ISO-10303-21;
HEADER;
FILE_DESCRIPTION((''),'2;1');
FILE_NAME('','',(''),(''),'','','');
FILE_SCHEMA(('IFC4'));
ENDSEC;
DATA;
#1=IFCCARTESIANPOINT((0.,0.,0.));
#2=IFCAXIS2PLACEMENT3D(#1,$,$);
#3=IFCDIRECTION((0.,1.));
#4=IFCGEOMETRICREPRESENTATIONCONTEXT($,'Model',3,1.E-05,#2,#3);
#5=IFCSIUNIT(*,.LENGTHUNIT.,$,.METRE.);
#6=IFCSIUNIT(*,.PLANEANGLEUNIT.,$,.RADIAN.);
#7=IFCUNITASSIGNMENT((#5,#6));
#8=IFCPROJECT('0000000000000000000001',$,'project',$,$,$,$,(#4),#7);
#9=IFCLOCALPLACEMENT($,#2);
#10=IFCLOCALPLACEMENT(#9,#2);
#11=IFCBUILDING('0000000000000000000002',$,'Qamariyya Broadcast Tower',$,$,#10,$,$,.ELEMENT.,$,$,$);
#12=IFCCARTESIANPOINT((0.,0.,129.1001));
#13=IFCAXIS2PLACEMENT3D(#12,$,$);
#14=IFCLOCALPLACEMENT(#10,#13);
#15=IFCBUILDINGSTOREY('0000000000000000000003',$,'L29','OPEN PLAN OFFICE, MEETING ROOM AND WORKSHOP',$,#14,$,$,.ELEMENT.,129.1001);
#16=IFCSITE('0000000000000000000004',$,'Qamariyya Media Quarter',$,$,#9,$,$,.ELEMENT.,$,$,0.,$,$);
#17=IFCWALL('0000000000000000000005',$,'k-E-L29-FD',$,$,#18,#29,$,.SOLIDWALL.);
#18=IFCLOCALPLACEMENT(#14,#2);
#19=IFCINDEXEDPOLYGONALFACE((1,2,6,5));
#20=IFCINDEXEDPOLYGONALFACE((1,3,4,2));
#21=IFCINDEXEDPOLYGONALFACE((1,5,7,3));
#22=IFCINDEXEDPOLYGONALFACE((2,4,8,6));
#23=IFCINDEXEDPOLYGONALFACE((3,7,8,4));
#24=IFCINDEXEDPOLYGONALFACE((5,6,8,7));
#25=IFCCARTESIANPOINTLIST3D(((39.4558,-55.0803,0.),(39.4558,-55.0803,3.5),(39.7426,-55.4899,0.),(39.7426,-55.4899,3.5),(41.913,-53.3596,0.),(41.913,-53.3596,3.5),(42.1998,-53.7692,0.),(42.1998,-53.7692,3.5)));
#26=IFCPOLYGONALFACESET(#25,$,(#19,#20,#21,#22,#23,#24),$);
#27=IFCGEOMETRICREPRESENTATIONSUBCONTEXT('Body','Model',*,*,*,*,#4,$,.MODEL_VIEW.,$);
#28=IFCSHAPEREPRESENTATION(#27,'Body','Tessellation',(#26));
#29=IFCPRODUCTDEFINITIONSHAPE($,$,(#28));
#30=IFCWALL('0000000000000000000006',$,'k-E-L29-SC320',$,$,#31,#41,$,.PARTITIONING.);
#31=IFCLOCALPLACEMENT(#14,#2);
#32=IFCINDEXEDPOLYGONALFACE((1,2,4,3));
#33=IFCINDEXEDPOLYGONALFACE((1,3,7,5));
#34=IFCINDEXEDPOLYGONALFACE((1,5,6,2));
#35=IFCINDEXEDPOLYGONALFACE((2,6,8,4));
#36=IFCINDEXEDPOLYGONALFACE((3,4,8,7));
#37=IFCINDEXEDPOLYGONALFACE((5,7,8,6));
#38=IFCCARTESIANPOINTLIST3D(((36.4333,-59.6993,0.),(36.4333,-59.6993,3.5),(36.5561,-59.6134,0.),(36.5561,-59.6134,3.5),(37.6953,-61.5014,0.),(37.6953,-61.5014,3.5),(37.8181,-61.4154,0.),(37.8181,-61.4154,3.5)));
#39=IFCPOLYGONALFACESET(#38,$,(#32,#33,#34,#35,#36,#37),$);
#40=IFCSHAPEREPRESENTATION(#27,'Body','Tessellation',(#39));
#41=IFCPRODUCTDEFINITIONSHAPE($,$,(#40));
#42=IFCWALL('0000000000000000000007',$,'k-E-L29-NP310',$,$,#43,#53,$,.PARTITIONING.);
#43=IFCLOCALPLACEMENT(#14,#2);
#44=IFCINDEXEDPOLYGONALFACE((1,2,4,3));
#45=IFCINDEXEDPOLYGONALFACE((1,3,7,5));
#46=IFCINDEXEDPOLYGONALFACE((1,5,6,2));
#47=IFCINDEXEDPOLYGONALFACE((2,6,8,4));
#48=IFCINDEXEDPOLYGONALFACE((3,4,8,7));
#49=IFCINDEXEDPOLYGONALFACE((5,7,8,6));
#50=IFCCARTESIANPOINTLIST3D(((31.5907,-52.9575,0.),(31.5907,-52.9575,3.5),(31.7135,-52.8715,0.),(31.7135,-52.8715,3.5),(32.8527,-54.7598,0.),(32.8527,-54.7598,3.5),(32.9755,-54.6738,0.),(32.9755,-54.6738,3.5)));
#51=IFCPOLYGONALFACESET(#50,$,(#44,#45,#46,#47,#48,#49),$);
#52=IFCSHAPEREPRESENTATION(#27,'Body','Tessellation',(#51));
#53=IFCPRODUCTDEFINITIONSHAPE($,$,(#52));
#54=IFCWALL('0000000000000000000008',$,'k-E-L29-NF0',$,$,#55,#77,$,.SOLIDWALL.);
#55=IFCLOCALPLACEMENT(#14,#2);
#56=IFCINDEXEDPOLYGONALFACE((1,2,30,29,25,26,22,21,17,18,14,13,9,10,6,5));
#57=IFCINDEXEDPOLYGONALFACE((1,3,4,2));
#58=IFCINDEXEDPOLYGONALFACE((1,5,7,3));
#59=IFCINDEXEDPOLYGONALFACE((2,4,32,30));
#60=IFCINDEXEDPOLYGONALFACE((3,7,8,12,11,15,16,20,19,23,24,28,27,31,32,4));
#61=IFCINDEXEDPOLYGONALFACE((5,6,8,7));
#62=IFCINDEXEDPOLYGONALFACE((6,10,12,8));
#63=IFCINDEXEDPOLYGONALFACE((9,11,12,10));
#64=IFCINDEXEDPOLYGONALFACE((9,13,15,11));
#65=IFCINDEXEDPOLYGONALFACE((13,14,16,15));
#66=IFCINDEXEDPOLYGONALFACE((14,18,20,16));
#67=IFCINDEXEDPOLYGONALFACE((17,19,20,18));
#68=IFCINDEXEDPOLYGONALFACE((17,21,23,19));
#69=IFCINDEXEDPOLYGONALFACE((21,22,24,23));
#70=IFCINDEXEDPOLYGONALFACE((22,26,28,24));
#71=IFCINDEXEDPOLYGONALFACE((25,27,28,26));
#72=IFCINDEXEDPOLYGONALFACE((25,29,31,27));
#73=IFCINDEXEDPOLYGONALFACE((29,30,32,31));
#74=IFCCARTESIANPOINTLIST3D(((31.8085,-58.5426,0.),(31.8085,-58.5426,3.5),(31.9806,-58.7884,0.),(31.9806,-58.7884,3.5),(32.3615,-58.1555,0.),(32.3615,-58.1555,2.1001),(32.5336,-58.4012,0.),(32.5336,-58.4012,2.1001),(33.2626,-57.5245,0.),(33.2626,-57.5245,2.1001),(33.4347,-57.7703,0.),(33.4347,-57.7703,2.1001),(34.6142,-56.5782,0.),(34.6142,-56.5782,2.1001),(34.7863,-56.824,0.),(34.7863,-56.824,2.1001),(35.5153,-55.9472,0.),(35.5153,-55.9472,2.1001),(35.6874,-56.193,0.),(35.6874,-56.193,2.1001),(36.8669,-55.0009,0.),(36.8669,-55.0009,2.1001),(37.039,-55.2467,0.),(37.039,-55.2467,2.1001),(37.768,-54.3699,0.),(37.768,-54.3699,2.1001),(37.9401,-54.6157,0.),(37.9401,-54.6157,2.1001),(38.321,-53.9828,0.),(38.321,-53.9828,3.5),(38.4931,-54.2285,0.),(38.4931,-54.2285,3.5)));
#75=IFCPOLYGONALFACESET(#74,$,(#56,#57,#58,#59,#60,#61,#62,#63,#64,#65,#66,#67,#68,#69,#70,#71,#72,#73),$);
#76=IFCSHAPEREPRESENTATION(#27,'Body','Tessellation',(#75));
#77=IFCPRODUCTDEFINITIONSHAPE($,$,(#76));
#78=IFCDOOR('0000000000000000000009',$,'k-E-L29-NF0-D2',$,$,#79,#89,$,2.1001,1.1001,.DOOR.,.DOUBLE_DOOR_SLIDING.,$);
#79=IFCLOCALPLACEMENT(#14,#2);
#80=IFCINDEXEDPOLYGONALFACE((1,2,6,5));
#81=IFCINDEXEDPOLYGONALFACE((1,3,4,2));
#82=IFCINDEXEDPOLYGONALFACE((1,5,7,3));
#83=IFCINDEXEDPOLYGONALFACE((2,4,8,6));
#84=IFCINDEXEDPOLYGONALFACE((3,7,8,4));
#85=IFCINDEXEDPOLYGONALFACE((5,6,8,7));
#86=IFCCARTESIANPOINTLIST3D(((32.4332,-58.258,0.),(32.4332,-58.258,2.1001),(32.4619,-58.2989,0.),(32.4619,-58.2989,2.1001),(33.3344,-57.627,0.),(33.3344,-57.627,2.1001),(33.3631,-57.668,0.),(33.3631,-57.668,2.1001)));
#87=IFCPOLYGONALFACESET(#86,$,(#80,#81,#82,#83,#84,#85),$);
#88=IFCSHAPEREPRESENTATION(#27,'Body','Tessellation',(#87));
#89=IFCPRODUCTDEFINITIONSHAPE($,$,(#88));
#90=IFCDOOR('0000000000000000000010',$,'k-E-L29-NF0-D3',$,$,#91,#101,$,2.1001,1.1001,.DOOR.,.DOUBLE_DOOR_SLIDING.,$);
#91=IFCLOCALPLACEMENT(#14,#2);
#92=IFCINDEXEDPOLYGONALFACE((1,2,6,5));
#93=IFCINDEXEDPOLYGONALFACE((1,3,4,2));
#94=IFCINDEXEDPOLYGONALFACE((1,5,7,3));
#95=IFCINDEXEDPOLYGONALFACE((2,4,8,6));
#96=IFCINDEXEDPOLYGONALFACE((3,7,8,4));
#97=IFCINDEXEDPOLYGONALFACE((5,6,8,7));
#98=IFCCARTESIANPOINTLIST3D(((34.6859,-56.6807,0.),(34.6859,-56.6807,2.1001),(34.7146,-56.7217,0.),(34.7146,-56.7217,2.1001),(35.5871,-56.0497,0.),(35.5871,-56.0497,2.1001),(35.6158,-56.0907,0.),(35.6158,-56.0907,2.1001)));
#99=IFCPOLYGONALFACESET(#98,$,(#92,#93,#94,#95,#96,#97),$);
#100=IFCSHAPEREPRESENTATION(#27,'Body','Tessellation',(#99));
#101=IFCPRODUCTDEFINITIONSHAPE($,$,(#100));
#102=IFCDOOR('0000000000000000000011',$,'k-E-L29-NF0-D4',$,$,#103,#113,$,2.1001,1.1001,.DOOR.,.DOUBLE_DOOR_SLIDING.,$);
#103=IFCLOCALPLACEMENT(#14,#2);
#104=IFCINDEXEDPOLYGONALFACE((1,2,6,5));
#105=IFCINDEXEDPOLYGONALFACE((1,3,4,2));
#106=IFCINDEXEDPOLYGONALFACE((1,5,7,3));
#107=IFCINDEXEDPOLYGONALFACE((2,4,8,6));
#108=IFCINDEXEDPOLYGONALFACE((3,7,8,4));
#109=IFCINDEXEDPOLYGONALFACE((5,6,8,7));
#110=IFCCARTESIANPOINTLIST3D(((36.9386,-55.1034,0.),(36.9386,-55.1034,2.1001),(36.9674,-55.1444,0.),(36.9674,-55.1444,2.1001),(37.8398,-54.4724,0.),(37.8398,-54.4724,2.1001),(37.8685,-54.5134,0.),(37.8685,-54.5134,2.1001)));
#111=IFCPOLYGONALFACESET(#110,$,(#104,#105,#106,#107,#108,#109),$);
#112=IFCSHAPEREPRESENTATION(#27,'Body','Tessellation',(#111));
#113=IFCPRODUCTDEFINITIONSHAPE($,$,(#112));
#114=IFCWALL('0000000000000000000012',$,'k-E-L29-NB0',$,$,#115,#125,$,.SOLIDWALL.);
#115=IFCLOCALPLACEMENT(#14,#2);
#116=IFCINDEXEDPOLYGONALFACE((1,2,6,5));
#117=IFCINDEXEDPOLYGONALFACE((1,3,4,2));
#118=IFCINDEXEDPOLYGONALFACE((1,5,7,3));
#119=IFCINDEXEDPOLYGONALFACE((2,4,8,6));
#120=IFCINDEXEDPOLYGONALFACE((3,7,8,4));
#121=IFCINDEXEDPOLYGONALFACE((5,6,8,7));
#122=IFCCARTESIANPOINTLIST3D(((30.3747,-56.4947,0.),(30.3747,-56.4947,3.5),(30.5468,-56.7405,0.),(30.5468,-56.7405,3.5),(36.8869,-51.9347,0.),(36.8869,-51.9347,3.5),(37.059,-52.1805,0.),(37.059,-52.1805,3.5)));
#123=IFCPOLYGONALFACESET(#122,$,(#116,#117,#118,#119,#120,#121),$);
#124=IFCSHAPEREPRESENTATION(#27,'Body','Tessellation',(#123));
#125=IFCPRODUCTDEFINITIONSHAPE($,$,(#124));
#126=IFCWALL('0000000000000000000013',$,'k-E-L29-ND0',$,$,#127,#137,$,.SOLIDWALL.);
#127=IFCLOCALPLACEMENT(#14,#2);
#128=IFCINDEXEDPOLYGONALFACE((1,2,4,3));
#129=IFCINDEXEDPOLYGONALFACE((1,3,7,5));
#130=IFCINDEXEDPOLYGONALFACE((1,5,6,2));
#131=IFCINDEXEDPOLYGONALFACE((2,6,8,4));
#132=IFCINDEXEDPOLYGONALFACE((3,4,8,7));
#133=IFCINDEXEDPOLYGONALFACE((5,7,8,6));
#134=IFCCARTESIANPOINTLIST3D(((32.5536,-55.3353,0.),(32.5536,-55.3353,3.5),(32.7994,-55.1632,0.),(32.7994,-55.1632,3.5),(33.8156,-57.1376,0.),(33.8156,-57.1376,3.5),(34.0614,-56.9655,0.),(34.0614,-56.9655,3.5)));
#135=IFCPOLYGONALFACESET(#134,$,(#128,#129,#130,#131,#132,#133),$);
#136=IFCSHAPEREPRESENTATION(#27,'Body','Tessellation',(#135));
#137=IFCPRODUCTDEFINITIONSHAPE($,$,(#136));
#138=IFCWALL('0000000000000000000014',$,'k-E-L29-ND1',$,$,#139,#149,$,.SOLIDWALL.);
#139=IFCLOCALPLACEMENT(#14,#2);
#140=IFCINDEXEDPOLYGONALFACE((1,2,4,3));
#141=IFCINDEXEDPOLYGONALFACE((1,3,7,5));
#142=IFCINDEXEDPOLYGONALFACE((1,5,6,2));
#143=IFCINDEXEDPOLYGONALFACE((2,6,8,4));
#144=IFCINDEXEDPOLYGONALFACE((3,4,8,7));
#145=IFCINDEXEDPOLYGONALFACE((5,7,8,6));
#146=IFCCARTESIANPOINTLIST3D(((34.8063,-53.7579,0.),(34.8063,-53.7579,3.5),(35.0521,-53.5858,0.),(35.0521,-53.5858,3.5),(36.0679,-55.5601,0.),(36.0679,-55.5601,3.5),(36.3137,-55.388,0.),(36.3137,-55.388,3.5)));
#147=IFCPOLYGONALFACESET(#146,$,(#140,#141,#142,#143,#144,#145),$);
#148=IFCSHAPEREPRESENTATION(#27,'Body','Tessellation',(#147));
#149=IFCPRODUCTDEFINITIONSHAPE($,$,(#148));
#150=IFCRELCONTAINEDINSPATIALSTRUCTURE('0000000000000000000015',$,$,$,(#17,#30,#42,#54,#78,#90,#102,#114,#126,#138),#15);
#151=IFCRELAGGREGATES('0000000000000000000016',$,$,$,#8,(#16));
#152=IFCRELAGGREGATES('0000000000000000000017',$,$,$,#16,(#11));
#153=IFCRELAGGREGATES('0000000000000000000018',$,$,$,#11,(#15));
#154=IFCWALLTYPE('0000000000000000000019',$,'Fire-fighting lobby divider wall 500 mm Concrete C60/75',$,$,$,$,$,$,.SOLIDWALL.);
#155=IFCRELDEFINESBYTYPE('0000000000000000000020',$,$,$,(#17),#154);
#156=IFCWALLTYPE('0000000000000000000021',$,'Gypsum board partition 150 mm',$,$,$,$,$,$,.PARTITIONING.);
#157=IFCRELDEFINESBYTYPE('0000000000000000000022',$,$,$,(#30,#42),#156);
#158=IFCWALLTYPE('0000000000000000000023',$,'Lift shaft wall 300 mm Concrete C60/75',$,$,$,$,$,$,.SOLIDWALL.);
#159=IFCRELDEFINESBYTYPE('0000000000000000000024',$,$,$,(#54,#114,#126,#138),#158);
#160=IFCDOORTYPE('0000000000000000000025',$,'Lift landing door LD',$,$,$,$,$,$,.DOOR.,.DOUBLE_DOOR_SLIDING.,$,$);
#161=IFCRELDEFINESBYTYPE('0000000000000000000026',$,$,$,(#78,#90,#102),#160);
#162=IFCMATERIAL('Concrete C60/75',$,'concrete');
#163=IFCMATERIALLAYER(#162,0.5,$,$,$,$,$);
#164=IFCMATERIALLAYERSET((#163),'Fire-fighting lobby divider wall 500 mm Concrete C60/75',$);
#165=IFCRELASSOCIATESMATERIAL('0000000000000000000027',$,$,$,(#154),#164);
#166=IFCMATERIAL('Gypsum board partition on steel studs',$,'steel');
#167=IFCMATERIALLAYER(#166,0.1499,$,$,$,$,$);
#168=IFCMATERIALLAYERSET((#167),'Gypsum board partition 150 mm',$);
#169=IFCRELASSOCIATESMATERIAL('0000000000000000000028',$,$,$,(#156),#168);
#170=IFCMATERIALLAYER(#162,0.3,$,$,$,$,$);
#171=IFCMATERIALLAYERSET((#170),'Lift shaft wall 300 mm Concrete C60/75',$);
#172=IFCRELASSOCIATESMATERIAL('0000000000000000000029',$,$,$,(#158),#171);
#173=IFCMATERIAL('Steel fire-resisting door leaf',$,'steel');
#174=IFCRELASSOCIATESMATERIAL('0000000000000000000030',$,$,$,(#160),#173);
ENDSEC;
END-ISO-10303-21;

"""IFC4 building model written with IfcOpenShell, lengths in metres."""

from ifc_helpers import new_model, si_unit, direction, frame, frame_2d, origin, place, context, subcontext, project, spatial, rectangle, extrude, material, layer, layer_set, type_object, element, fill, save


model = new_model("IFC4")

# Units and contexts
model_context = context("Model", 3, precision=1e-05, world=origin(), true_north=direction((0.0, 1.0)))
body_context = subcontext(model_context, "Body", "Model", "MODEL_VIEW")
ifc_project = project(units=[si_unit("LENGTHUNIT", "METRE"), si_unit("PLANEANGLEUNIT", "RADIAN")], contexts=[model_context])

# Site, building, storey
site_placement = place(None, origin())
site = spatial("IfcSite", under=ifc_project, at=site_placement, Name="Qamariyya Media Quarter", CompositionType="ELEMENT", RefElevation=0.0)
building_placement = place(site_placement, origin())
building = spatial("IfcBuilding", under=site, at=building_placement, Name="Qamariyya Broadcast Tower", CompositionType="ELEMENT")
storey_placement = place(building_placement, frame((0.0, 0.0, 129.1001)))
storey = spatial("IfcBuildingStorey", under=building, at=storey_placement, Name="L29", Description="OPEN PLAN OFFICE, MEETING ROOM AND WORKSHOP", CompositionType="ELEMENT", Elevation=129.1001)

# Shared definitions
ifc_material_1 = material(Name="Steel fire-resisting door leaf", Category="steel")

# Walls
ifc_material_2 = material(Name="Concrete C60/75", Category="concrete")
ifc_layer_1 = layer(ifc_material_2, 0.5)
ifc_layer_set_1 = layer_set([ifc_layer_1], Name="Fire-fighting lobby divider wall 500 mm Concrete C60/75")
wall_type_1 = type_object("IfcWallType", Name="Fire-fighting lobby divider wall 500 mm Concrete C60/75", PredefinedType="SOLIDWALL", material=ifc_layer_set_1)
wall_1_placement = place(storey_placement, frame((39.5991, -55.2852, 0.0), z_axis=(0.0, 0.0, 1.0), x_axis=(0.819136, 0.573599, 0.0)))
element("IfcWall", 1, at=wall_1_placement, inside=storey, type_object=wall_type_1, Name="k-E-L29-FD", PredefinedType="SOLIDWALL", context=body_context, shape_type="SweptSolid", body=[
    extrude(rectangle(XDim=2.9998, YDim=0.5, at=frame_2d((1.5, 0.0))), origin(), (0.0, 0.0, 1.0), 3.5),
])
ifc_material_3 = material(Name="Gypsum board partition on steel studs", Category="steel")
ifc_layer_2 = layer(ifc_material_3, 0.1499)
ifc_layer_set_2 = layer_set([ifc_layer_2], Name="Gypsum board partition 150 mm")
wall_type_2 = type_object("IfcWallType", Name="Gypsum board partition 150 mm", PredefinedType="PARTITIONING", material=ifc_layer_set_2)
wall_2_placement = place(storey_placement, frame((36.4946, -59.6562, 0.0), z_axis=(0.0, 0.0, 1.0), x_axis=(0.573634, -0.819112, 0.0)))
element("IfcWall", 2, at=wall_2_placement, inside=storey, type_object=wall_type_2, Name="k-E-L29-SC320", PredefinedType="PARTITIONING", context=body_context, shape_type="SweptSolid", body=[
    extrude(rectangle(XDim=2.2, YDim=0.1499, at=frame_2d((1.1001, 0.0))), origin(), (0.0, 0.0, 1.0), 3.5),
])
wall_3_placement = place(storey_placement, frame((32.9141, -54.7168, 0.0), z_axis=(0.0, 0.0, 1.0), x_axis=(-0.573581, 0.819149, 0.0)))
element("IfcWall", 3, at=wall_3_placement, inside=storey, type_object=wall_type_2, Name="k-E-L29-NP310", PredefinedType="PARTITIONING", context=body_context, shape_type="SweptSolid", body=[
    extrude(rectangle(XDim=2.2002, YDim=0.1499, at=frame_2d((1.1001, 0.0))), origin(), (0.0, 0.0, 1.0), 3.5),
])

# Wall, openings, doors
ifc_layer_3 = layer(ifc_material_2, 0.3)
ifc_layer_set_3 = layer_set([ifc_layer_3], Name="Lift shaft wall 300 mm Concrete C60/75")
wall_type_3 = type_object("IfcWallType", Name="Lift shaft wall 300 mm Concrete C60/75", PredefinedType="SOLIDWALL", material=ifc_layer_set_3)
wall_4_placement = place(storey_placement, frame((31.8945, -58.6655, 0.0), z_axis=(0.0, 0.0, 1.0), x_axis=(0.819167, 0.573555, 0.0)))
wall_4 = element("IfcWall", 4, at=wall_4_placement, inside=storey, type_object=wall_type_3, Name="k-E-L29-NF0", PredefinedType="SOLIDWALL", context=body_context, shape_type="SweptSolid", body=[
    extrude(rectangle(XDim=7.9502, YDim=0.3, at=frame_2d((3.9751, 0.0))), origin(), (0.0, 0.0, 1.0), 3.5),
])
opening_1_placement = place(wall_4_placement, frame((0.675, 0.0, 0.0)))
opening_1 = element("IfcOpeningElement", 5, at=opening_1_placement, cuts=wall_4, PredefinedType="OPENING", context=body_context, shape_type="SweptSolid", body=[
    extrude(rectangle(XDim=1.1001, YDim=2.1001, at=frame_2d((0.55, 1.05))), frame((0.0, 0.1599, 0.0), z_axis=(0.0, -1.0, 0.0), x_axis=(1.0, 0.0, 0.0)), (0.0, 0.0, 1.0), 0.3201),
])
opening_2_placement = place(wall_4_placement, frame((3.425, 0.0, 0.0)))
opening_2 = element("IfcOpeningElement", 6, at=opening_2_placement, cuts=wall_4, PredefinedType="OPENING", context=body_context, shape_type="SweptSolid", body=[
    extrude(rectangle(XDim=1.1001, YDim=2.1001, at=frame_2d((0.55, 1.05))), frame((0.0, 0.1599, 0.0), z_axis=(0.0, -1.0, 0.0), x_axis=(1.0, 0.0, 0.0)), (0.0, 0.0, 1.0), 0.3201),
])
opening_3_placement = place(wall_4_placement, frame((6.175, 0.0, 0.0)))
opening_3 = element("IfcOpeningElement", 7, at=opening_3_placement, cuts=wall_4, PredefinedType="OPENING", context=body_context, shape_type="SweptSolid", body=[
    extrude(rectangle(XDim=1.1001, YDim=2.1001, at=frame_2d((0.55, 1.05))), frame((0.0, 0.1599, 0.0), z_axis=(0.0, -1.0, 0.0), x_axis=(1.0, 0.0, 0.0)), (0.0, 0.0, 1.0), 0.3201),
])
door_type_1 = type_object("IfcDoorType", Name="Lift landing door LD", OperationType="DOUBLE_DOOR_SLIDING", PredefinedType="DOOR", material=ifc_material_1)
door_1_placement = place(opening_1_placement, origin())
door_1 = element("IfcDoor", 8, at=door_1_placement, inside=storey, type_object=door_type_1, Name="k-E-L29-NF0-D2", OperationType="DOUBLE_DOOR_SLIDING", OverallHeight=2.1001, OverallWidth=1.1001, PredefinedType="DOOR", context=body_context, shape_type="SweptSolid", body=[
    extrude(rectangle(XDim=1.1001, YDim=2.1001, at=frame_2d((0.55, 1.05))), frame((0.0, 0.0249, 0.0), z_axis=(0.0, -1.0, 0.0), x_axis=(1.0, 0.0, 0.0)), (0.0, 0.0, 1.0), 0.05),
])
fill(opening_1, door_1)
door_2_placement = place(opening_2_placement, origin())
door_2 = element("IfcDoor", 9, at=door_2_placement, inside=storey, type_object=door_type_1, Name="k-E-L29-NF0-D3", OperationType="DOUBLE_DOOR_SLIDING", OverallHeight=2.1001, OverallWidth=1.1001, PredefinedType="DOOR", context=body_context, shape_type="SweptSolid", body=[
    extrude(rectangle(XDim=1.1001, YDim=2.1001, at=frame_2d((0.55, 1.05))), frame((0.0, 0.0249, 0.0), z_axis=(0.0, -1.0, 0.0), x_axis=(1.0, 0.0, 0.0)), (0.0, 0.0, 1.0), 0.05),
])
fill(opening_2, door_2)
door_3_placement = place(opening_3_placement, origin())
door_3 = element("IfcDoor", 10, at=door_3_placement, inside=storey, type_object=door_type_1, Name="k-E-L29-NF0-D4", OperationType="DOUBLE_DOOR_SLIDING", OverallHeight=2.1001, OverallWidth=1.1001, PredefinedType="DOOR", context=body_context, shape_type="SweptSolid", body=[
    extrude(rectangle(XDim=1.1001, YDim=2.1001, at=frame_2d((0.55, 1.05))), frame((0.0, 0.0249, 0.0), z_axis=(0.0, -1.0, 0.0), x_axis=(1.0, 0.0, 0.0)), (0.0, 0.0, 1.0), 0.05),
])
fill(opening_3, door_3)

# Walls
wall_5_placement = place(storey_placement, frame((30.4607, -56.6177, 0.0), z_axis=(0.0, 0.0, 1.0), x_axis=(0.819142, 0.57359, 0.0)))
element("IfcWall", 11, at=wall_5_placement, inside=storey, type_object=wall_type_3, Name="k-E-L29-NB0", PredefinedType="SOLIDWALL", context=body_context, shape_type="SweptSolid", body=[
    extrude(rectangle(XDim=7.95, YDim=0.3, at=frame_2d((3.9751, 0.0))), origin(), (0.0, 0.0, 1.0), 3.5),
])
wall_6_placement = place(storey_placement, frame((33.9385, -57.0515, 0.0), z_axis=(0.0, 0.0, 1.0), x_axis=(-0.573581, 0.819149, 0.0)))
element("IfcWall", 12, at=wall_6_placement, inside=storey, type_object=wall_type_3, Name="k-E-L29-ND0", PredefinedType="SOLIDWALL", context=body_context, shape_type="SweptSolid", body=[
    extrude(rectangle(XDim=2.2002, YDim=0.3, at=frame_2d((1.1001, 0.0))), origin(), (0.0, 0.0, 1.0), 3.5),
])
wall_7_placement = place(storey_placement, frame((36.1909, -55.4741, 0.0), z_axis=(0.0, 0.0, 1.0), x_axis=(-0.573507, 0.819201, 0.0)))
element("IfcWall", 13, at=wall_7_placement, inside=storey, type_object=wall_type_3, Name="k-E-L29-ND1", PredefinedType="SOLIDWALL", context=body_context, shape_type="SweptSolid", body=[
    extrude(rectangle(XDim=2.2, YDim=0.3, at=frame_2d((1.1001, 0.0))), origin(), (0.0, 0.0, 1.0), 3.5),
])

save(model, "model.ifc")
